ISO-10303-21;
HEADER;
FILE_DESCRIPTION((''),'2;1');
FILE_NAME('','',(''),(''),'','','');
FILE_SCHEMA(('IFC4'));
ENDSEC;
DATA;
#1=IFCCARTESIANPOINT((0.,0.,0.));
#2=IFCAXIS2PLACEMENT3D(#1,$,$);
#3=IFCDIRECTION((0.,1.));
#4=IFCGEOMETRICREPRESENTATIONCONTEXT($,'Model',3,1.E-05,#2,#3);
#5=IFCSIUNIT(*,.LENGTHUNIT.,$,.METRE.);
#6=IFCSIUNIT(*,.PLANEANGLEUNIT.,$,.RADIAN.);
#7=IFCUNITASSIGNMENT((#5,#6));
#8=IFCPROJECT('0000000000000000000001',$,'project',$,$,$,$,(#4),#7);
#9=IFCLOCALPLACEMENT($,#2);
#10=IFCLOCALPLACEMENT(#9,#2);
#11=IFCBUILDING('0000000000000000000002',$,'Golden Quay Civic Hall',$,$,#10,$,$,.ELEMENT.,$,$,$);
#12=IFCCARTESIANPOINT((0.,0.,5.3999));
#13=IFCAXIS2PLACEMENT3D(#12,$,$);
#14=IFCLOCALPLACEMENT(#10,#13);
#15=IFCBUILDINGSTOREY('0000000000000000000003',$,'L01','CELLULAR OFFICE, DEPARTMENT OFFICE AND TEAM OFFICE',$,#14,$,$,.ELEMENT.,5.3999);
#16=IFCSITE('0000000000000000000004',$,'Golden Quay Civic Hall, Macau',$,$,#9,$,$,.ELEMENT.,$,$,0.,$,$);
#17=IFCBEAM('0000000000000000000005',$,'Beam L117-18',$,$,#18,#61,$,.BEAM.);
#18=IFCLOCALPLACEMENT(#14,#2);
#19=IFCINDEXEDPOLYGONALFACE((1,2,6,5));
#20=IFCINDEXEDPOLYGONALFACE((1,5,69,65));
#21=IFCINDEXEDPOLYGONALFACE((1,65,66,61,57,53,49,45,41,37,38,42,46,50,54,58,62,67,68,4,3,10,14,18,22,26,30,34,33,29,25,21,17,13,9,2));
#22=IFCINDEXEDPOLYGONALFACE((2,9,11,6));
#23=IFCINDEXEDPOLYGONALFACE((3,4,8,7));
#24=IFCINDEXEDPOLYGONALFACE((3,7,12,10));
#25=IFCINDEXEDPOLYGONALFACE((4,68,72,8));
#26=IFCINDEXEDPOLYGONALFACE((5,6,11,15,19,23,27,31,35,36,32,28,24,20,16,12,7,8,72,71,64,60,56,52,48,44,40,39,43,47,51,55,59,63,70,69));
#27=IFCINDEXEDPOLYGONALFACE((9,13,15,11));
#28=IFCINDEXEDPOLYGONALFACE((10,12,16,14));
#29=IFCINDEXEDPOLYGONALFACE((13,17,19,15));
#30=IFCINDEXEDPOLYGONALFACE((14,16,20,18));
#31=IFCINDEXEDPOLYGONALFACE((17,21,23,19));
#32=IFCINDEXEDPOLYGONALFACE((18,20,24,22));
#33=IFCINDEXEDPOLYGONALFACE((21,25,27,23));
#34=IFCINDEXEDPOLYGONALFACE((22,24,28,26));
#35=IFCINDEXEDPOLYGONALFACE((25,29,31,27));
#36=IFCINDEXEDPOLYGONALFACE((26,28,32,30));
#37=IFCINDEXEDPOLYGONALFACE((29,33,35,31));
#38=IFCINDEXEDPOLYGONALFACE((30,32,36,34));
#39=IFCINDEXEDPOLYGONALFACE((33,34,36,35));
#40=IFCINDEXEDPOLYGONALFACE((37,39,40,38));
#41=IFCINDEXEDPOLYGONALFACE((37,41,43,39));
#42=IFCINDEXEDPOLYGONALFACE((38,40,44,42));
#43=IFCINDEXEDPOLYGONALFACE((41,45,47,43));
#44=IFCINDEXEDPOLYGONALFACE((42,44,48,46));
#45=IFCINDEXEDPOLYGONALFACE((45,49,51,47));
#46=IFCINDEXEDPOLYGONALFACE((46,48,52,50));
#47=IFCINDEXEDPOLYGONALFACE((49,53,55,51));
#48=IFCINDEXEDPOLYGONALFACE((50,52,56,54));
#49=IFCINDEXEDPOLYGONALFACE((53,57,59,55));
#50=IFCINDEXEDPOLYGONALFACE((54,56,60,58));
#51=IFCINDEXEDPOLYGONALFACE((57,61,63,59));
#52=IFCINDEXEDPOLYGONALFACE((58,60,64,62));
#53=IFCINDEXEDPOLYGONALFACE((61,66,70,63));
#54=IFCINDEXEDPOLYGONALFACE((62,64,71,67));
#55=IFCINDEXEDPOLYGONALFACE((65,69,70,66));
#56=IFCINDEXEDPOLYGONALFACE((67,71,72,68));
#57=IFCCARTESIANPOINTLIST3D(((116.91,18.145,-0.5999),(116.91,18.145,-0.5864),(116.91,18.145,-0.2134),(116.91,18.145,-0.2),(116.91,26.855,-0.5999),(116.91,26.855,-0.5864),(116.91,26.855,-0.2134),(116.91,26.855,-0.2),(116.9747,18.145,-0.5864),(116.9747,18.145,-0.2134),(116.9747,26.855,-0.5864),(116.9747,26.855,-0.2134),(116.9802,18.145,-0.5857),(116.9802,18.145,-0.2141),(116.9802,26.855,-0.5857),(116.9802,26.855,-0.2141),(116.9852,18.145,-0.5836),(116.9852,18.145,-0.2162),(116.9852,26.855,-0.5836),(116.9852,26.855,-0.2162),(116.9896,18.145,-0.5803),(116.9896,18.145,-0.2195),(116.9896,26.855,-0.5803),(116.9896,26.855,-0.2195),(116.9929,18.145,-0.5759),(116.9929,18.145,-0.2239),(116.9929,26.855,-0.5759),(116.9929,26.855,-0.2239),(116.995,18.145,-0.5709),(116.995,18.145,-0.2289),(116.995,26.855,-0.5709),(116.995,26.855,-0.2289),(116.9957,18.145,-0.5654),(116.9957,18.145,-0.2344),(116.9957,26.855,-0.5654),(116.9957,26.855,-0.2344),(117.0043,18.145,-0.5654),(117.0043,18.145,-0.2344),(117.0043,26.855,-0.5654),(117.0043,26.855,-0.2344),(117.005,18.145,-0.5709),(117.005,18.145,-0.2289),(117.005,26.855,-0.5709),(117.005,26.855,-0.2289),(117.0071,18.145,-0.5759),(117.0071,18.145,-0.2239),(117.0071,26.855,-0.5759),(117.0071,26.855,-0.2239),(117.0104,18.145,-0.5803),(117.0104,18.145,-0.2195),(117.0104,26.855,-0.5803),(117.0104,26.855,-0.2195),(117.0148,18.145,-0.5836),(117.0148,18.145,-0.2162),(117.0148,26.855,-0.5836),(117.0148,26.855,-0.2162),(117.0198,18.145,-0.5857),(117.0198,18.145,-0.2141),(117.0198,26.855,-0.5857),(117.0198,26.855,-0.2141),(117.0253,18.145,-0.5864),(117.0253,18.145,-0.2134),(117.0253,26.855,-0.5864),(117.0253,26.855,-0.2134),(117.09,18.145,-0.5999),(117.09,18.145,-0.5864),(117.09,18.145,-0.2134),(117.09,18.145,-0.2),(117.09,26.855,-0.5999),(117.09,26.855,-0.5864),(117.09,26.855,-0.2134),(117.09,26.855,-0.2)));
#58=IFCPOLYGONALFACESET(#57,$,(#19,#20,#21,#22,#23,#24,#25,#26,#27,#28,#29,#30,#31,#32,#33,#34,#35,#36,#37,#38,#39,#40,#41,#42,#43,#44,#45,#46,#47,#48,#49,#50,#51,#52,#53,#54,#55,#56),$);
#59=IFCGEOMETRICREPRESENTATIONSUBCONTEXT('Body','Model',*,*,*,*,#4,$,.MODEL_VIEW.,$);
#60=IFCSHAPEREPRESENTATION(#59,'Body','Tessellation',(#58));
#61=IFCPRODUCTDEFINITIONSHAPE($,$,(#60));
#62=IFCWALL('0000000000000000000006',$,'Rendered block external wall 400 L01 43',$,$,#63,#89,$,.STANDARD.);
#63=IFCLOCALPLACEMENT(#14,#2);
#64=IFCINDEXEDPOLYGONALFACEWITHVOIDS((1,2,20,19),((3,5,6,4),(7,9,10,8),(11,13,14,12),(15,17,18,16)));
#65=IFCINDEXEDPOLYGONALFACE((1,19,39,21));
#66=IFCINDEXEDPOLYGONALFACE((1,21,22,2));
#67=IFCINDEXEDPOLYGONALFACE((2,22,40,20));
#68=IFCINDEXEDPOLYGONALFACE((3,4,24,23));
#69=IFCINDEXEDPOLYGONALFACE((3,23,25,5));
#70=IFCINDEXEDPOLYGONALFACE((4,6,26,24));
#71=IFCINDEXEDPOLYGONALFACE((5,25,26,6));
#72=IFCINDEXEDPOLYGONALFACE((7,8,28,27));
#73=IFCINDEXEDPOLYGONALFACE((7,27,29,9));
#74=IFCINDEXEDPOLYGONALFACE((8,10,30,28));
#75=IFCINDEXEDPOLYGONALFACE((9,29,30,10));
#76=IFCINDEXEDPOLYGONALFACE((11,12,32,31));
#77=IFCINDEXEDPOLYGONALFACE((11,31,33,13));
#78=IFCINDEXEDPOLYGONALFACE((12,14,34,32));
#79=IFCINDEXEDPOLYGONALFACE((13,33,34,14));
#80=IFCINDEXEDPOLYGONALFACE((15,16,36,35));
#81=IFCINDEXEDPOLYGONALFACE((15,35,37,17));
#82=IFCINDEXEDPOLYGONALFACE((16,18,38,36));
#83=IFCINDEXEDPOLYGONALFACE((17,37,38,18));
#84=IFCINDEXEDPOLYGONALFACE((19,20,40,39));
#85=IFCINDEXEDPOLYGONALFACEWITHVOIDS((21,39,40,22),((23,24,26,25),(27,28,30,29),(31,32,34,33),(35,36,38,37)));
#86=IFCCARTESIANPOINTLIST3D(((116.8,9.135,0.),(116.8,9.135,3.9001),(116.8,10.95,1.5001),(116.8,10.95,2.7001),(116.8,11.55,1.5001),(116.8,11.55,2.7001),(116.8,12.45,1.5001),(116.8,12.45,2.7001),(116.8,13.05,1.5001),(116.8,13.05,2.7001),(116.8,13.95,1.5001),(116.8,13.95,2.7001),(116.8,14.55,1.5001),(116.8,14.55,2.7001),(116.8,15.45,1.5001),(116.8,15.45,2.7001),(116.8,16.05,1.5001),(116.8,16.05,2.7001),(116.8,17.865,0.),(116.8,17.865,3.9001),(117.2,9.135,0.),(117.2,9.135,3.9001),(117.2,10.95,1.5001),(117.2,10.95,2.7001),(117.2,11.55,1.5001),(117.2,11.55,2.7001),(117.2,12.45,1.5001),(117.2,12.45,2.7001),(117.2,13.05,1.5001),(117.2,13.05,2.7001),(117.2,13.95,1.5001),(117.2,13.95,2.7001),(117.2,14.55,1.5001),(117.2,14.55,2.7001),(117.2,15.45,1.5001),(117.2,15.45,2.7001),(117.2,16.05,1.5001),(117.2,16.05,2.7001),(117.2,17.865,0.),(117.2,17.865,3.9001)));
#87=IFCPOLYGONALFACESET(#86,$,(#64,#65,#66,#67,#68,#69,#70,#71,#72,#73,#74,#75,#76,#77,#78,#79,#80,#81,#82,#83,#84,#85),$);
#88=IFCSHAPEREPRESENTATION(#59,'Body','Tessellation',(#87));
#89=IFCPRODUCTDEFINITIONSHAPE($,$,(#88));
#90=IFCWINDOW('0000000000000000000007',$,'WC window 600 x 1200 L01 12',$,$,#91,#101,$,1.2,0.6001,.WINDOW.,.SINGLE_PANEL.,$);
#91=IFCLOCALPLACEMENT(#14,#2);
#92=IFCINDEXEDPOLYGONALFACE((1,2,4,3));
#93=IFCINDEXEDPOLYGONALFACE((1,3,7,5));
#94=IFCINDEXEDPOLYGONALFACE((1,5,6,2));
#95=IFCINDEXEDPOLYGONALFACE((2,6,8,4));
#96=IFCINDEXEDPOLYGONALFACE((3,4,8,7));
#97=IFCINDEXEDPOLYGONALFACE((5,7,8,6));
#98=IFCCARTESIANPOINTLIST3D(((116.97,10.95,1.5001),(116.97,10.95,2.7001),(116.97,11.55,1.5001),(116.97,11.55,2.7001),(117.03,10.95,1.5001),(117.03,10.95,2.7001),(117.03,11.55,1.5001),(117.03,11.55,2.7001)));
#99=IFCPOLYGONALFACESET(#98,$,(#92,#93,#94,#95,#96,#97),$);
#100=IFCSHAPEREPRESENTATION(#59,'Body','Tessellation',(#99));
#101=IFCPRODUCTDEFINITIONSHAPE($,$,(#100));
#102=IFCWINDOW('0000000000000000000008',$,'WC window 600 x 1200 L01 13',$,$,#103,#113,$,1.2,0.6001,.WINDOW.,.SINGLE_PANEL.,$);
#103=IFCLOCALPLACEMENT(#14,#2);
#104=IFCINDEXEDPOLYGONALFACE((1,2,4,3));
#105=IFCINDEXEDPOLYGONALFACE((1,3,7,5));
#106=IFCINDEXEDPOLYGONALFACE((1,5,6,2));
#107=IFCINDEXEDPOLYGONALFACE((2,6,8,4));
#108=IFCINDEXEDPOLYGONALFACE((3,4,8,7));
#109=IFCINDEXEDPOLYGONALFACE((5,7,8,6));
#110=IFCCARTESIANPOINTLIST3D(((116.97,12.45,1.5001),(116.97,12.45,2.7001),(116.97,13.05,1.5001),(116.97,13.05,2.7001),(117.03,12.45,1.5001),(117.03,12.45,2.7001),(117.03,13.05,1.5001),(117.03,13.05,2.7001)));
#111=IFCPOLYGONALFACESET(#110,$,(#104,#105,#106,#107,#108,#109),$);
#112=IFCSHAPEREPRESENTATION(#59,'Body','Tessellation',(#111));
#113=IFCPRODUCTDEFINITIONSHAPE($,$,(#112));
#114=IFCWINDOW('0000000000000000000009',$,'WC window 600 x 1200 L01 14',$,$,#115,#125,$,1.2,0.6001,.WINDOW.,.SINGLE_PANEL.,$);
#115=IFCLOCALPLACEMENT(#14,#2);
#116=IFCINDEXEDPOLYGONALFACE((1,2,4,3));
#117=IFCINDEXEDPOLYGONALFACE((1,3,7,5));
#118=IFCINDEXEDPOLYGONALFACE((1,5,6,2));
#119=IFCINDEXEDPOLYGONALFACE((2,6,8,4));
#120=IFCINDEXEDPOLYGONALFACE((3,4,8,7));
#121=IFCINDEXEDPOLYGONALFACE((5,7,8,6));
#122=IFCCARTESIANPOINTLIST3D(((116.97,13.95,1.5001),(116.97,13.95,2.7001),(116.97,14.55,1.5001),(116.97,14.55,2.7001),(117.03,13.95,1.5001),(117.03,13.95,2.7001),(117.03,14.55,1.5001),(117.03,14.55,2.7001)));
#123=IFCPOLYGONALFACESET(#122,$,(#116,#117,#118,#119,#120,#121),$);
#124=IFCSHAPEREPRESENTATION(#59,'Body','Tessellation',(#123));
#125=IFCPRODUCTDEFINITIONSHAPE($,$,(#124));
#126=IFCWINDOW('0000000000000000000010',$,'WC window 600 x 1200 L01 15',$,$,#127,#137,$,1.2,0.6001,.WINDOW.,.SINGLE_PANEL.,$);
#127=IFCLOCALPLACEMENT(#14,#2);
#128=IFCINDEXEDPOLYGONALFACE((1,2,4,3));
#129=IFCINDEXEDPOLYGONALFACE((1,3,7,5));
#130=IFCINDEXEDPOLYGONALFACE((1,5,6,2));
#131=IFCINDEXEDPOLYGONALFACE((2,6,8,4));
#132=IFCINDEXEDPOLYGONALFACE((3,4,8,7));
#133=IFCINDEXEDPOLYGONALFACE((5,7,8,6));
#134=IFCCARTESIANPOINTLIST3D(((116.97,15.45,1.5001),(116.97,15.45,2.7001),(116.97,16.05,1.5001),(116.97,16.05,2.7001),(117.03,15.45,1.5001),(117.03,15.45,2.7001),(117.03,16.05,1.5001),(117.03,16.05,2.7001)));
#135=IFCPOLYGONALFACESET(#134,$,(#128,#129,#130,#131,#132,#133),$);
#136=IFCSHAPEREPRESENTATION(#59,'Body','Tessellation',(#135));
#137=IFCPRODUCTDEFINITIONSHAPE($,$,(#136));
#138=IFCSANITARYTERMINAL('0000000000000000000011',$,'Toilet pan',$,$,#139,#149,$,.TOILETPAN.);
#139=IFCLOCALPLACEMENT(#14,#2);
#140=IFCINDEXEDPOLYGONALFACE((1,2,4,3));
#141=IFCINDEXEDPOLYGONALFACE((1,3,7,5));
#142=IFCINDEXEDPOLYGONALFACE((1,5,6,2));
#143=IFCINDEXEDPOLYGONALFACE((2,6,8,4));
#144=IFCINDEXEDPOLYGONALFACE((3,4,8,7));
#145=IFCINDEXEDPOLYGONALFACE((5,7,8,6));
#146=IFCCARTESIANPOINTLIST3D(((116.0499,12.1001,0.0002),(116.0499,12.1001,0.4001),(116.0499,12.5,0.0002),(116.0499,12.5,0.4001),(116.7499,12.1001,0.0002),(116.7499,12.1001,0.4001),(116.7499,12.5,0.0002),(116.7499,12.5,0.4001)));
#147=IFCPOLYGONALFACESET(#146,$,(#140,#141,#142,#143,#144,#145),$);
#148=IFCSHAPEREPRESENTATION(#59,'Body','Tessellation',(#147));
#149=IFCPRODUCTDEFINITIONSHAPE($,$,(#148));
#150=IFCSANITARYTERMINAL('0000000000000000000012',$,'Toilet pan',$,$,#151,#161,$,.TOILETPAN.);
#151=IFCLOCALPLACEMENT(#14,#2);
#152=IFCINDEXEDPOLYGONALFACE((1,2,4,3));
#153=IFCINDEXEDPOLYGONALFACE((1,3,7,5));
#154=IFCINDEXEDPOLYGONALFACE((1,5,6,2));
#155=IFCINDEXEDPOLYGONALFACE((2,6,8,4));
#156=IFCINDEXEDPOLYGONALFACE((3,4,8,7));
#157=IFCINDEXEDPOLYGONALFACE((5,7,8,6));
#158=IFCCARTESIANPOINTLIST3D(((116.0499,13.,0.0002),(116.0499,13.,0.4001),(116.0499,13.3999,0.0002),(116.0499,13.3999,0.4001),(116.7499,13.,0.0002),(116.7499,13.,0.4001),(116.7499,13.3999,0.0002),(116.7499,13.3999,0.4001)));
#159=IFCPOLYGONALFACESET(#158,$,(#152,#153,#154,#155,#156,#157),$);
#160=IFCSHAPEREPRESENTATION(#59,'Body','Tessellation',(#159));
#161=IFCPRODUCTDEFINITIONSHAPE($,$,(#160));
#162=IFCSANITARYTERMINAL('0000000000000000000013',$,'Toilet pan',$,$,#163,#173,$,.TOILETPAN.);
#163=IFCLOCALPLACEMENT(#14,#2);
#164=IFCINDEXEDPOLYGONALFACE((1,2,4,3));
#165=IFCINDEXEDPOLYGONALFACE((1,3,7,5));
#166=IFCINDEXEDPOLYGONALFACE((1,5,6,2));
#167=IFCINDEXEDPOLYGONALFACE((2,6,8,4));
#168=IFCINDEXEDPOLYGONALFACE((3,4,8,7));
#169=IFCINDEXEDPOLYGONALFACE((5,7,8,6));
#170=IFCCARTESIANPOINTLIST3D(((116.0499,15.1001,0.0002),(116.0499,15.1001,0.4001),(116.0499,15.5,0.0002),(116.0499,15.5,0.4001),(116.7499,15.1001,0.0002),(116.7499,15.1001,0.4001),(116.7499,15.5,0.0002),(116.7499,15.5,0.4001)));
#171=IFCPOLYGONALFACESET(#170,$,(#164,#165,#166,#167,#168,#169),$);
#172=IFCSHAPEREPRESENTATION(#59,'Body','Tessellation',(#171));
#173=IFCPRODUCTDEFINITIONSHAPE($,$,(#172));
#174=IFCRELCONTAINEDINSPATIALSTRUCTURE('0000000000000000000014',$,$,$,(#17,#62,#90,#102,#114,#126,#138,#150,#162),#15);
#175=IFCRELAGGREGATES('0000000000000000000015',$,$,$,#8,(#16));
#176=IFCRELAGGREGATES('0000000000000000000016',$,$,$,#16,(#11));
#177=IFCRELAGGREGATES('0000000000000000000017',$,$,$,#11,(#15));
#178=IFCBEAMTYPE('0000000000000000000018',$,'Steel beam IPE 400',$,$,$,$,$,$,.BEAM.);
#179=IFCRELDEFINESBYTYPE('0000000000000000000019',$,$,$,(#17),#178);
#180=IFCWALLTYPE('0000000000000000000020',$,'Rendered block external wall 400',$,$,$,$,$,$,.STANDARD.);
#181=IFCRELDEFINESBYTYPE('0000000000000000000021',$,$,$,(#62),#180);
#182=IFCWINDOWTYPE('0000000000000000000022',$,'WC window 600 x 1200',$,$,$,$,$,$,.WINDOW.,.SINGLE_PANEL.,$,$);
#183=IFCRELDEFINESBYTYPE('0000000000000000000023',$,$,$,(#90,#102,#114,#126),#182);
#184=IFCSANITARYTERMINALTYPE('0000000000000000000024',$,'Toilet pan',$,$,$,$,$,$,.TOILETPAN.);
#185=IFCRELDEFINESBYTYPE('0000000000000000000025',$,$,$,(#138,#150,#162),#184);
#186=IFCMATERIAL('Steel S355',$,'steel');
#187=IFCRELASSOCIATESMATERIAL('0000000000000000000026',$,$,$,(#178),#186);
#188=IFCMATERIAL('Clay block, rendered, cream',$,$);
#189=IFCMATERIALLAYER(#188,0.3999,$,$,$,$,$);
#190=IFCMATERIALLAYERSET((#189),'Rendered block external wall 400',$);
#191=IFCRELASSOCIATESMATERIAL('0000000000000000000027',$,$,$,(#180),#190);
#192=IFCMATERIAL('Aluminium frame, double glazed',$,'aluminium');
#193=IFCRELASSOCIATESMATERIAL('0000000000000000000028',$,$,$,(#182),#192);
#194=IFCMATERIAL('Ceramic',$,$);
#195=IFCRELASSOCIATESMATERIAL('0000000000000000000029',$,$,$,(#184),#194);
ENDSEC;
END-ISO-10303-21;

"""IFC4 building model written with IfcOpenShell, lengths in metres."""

from ifc_helpers import new_model, si_unit, direction, frame, frame_2d, origin, origin_2d, place, context, subcontext, project, spatial, rectangle, i_section, extrude, material, layer, layer_set, material_profile, profile_set, type_object, element, fill, save


model = new_model("IFC4")

# Units and contexts
model_context = context("Model", 3, precision=1e-05, world=origin(), true_north=direction((0.0, 1.0)))
body_context = subcontext(model_context, "Body", "Model", "MODEL_VIEW")
ifc_project = project(units=[si_unit("LENGTHUNIT", "METRE"), si_unit("PLANEANGLEUNIT", "RADIAN")], contexts=[model_context])

# Site, building, storey
site_placement = place(None, origin())
site = spatial("IfcSite", under=ifc_project, at=site_placement, Name="Golden Quay Civic Hall, Macau", CompositionType="ELEMENT", RefElevation=0.0)
building_placement = place(site_placement, origin())
building = spatial("IfcBuilding", under=site, at=building_placement, Name="Golden Quay Civic Hall", CompositionType="ELEMENT")
storey_placement = place(building_placement, frame((0.0, 0.0, 5.3999)))
storey = spatial("IfcBuildingStorey", under=building, at=storey_placement, Name="L01", Description="CELLULAR OFFICE, DEPARTMENT OFFICE AND TEAM OFFICE", CompositionType="ELEMENT", Elevation=5.3999)

# Beam
ifc_material_1 = material(Name="Steel S355", Category="steel")
ifc_material_profile_1 = material_profile(ifc_material_1, i_section(OverallWidth=0.1799, OverallDepth=0.3999, WebThickness=0.0085, FlangeThickness=0.0134, FilletRadius=0.021, at=origin_2d()), Name="IPE 400")
ifc_profile_set_1 = profile_set([ifc_material_profile_1], Name="Steel S355")
beam_type_1 = type_object("IfcBeamType", Name="Steel beam IPE 400", PredefinedType="BEAM", material=ifc_profile_set_1)
for number, where, z_axis, x_axis, name in (
    (1, (117.0, 18.145, -0.3999), (0.0, 1.0, 0.0), (-1.0, 0.0, 0.0), "Beam L117-18"),
):
    element("IfcBeam", number, at=place(storey_placement, frame(where, z_axis=z_axis, x_axis=x_axis)), inside=storey, type_object=beam_type_1, Name=name, PredefinedType="BEAM", context=body_context, shape_type="SweptSolid", body=[
        extrude(i_section(OverallWidth=0.1799, OverallDepth=0.3999, WebThickness=0.0085, FlangeThickness=0.0134, FilletRadius=0.021, at=origin_2d()), origin(), (0.0, 0.0, 1.0), 8.71),
    ])

# Wall, openings, windows
ifc_material_2 = material(Name="Clay block, rendered, cream")
ifc_layer_1 = layer(ifc_material_2, 0.3999)
ifc_layer_set_1 = layer_set([ifc_layer_1], Name="Rendered block external wall 400")
wall_type = type_object("IfcWallType", Name="Rendered block external wall 400", PredefinedType="STANDARD", material=ifc_layer_set_1)
wall_placement = place(storey_placement, frame((117.0, 17.865, 0.0), z_axis=(0.0, 0.0, 1.0), x_axis=(0.0, -1.0, 0.0)))
wall = element("IfcWall", 2, at=wall_placement, inside=storey, type_object=wall_type, Name="Rendered block external wall 400 L01 43", PredefinedType="STANDARD", context=body_context, shape_type="SweptSolid", body=[
    extrude(rectangle(XDim=8.73, YDim=0.3999, at=frame_2d((4.365, 0.0))), origin(), (0.0, 0.0, 1.0), 3.9001),
])
opening_1_placement = place(wall_placement, frame((6.3149, 0.0, 1.5)))
opening_1 = element("IfcOpeningElement", 3, at=opening_1_placement, cuts=wall, PredefinedType="OPENING", context=body_context, shape_type="SweptSolid", body=[
    extrude(rectangle(XDim=0.6001, YDim=1.2, at=frame_2d((0.3, 0.6001))), frame((0.0, 0.21, 0.0), z_axis=(0.0, -1.0, 0.0), x_axis=(1.0, 0.0, 0.0)), (0.0, 0.0, 1.0), 0.4199),
])
opening_2_placement = place(wall_placement, frame((4.8149, 0.0, 1.5)))
opening_2 = element("IfcOpeningElement", 4, at=opening_2_placement, cuts=wall, PredefinedType="OPENING", context=body_context, shape_type="SweptSolid", body=[
    extrude(rectangle(XDim=0.6001, YDim=1.2, at=frame_2d((0.3, 0.6001))), frame((0.0, 0.21, 0.0), z_axis=(0.0, -1.0, 0.0), x_axis=(1.0, 0.0, 0.0)), (0.0, 0.0, 1.0), 0.4199),
])
opening_3_placement = place(wall_placement, frame((3.3149, 0.0, 1.5)))
opening_3 = element("IfcOpeningElement", 5, at=opening_3_placement, cuts=wall, PredefinedType="OPENING", context=body_context, shape_type="SweptSolid", body=[
    extrude(rectangle(XDim=0.6001, YDim=1.2, at=frame_2d((0.3, 0.6001))), frame((0.0, 0.21, 0.0), z_axis=(0.0, -1.0, 0.0), x_axis=(1.0, 0.0, 0.0)), (0.0, 0.0, 1.0), 0.4199),
])
opening_4_placement = place(wall_placement, frame((1.8149, 0.0, 1.5)))
opening_4 = element("IfcOpeningElement", 6, at=opening_4_placement, cuts=wall, PredefinedType="OPENING", context=body_context, shape_type="SweptSolid", body=[
    extrude(rectangle(XDim=0.6001, YDim=1.2, at=frame_2d((0.3, 0.6001))), frame((0.0, 0.21, 0.0), z_axis=(0.0, -1.0, 0.0), x_axis=(1.0, 0.0, 0.0)), (0.0, 0.0, 1.0), 0.4199),
])
ifc_material_3 = material(Name="Aluminium frame, double glazed", Category="aluminium")
window_type = type_object("IfcWindowType", Name="WC window 600 x 1200", PartitioningType="SINGLE_PANEL", PredefinedType="WINDOW", material=ifc_material_3)
window_1_placement = place(opening_1_placement, origin())
window_1 = element("IfcWindow", 7, at=window_1_placement, inside=storey, type_object=window_type, Name="WC window 600 x 1200 L01 12", OverallHeight=1.2, OverallWidth=0.6001, PartitioningType="SINGLE_PANEL", PredefinedType="WINDOW", context=body_context, shape_type="SweptSolid", body=[
    extrude(rectangle(XDim=0.6001, YDim=1.2, at=frame_2d((0.3, 0.6001))), frame((0.0, 0.03, 0.0), z_axis=(0.0, -1.0, 0.0), x_axis=(1.0, 0.0, 0.0)), (0.0, 0.0, 1.0), 0.0601),
])
fill(opening_1, window_1)
window_2_placement = place(opening_2_placement, origin())
window_2 = element("IfcWindow", 8, at=window_2_placement, inside=storey, type_object=window_type, Name="WC window 600 x 1200 L01 13", OverallHeight=1.2, OverallWidth=0.6001, PartitioningType="SINGLE_PANEL", PredefinedType="WINDOW", context=body_context, shape_type="SweptSolid", body=[
    extrude(rectangle(XDim=0.6001, YDim=1.2, at=frame_2d((0.3, 0.6001))), frame((0.0, 0.03, 0.0), z_axis=(0.0, -1.0, 0.0), x_axis=(1.0, 0.0, 0.0)), (0.0, 0.0, 1.0), 0.0601),
])
fill(opening_2, window_2)
window_3_placement = place(opening_3_placement, origin())
window_3 = element("IfcWindow", 9, at=window_3_placement, inside=storey, type_object=window_type, Name="WC window 600 x 1200 L01 14", OverallHeight=1.2, OverallWidth=0.6001, PartitioningType="SINGLE_PANEL", PredefinedType="WINDOW", context=body_context, shape_type="SweptSolid", body=[
    extrude(rectangle(XDim=0.6001, YDim=1.2, at=frame_2d((0.3, 0.6001))), frame((0.0, 0.03, 0.0), z_axis=(0.0, -1.0, 0.0), x_axis=(1.0, 0.0, 0.0)), (0.0, 0.0, 1.0), 0.0601),
])
fill(opening_3, window_3)
window_4_placement = place(opening_4_placement, origin())
window_4 = element("IfcWindow", 10, at=window_4_placement, inside=storey, type_object=window_type, Name="WC window 600 x 1200 L01 15", OverallHeight=1.2, OverallWidth=0.6001, PartitioningType="SINGLE_PANEL", PredefinedType="WINDOW", context=body_context, shape_type="SweptSolid", body=[
    extrude(rectangle(XDim=0.6001, YDim=1.2, at=frame_2d((0.3, 0.6001))), frame((0.0, 0.03, 0.0), z_axis=(0.0, -1.0, 0.0), x_axis=(1.0, 0.0, 0.0)), (0.0, 0.0, 1.0), 0.0601),
])
fill(opening_4, window_4)

# Sanitary terminals
ifc_material_4 = material(Name="Ceramic")
sanitary_terminal_type = type_object("IfcSanitaryTerminalType", Name="Toilet pan", PredefinedType="TOILETPAN", material=ifc_material_4)
for number, where, z_axis, x_axis, name in (
    (11, (116.3999, 12.3, 0.0002), (0.0, 0.0, 1.0), (0.0, 1.0, 0.0), "Toilet pan"),
    (12, (116.3999, 13.2, 0.0002), (0.0, 0.0, 1.0), (0.0, 1.0, 0.0), "Toilet pan"),
    (13, (116.3999, 15.3, 0.0002), (0.0, 0.0, 1.0), (0.0, 1.0, 0.0), "Toilet pan"),
):
    element("IfcSanitaryTerminal", number, at=place(storey_placement, frame(where, z_axis=z_axis, x_axis=x_axis)), inside=storey, type_object=sanitary_terminal_type, Name=name, PredefinedType="TOILETPAN", context=body_context, shape_type="SweptSolid", body=[
        extrude(rectangle(XDim=0.3999, YDim=0.7, at=origin_2d()), origin(), (0.0, 0.0, 1.0), 0.3999),
    ])

save(model, "model.ifc")
